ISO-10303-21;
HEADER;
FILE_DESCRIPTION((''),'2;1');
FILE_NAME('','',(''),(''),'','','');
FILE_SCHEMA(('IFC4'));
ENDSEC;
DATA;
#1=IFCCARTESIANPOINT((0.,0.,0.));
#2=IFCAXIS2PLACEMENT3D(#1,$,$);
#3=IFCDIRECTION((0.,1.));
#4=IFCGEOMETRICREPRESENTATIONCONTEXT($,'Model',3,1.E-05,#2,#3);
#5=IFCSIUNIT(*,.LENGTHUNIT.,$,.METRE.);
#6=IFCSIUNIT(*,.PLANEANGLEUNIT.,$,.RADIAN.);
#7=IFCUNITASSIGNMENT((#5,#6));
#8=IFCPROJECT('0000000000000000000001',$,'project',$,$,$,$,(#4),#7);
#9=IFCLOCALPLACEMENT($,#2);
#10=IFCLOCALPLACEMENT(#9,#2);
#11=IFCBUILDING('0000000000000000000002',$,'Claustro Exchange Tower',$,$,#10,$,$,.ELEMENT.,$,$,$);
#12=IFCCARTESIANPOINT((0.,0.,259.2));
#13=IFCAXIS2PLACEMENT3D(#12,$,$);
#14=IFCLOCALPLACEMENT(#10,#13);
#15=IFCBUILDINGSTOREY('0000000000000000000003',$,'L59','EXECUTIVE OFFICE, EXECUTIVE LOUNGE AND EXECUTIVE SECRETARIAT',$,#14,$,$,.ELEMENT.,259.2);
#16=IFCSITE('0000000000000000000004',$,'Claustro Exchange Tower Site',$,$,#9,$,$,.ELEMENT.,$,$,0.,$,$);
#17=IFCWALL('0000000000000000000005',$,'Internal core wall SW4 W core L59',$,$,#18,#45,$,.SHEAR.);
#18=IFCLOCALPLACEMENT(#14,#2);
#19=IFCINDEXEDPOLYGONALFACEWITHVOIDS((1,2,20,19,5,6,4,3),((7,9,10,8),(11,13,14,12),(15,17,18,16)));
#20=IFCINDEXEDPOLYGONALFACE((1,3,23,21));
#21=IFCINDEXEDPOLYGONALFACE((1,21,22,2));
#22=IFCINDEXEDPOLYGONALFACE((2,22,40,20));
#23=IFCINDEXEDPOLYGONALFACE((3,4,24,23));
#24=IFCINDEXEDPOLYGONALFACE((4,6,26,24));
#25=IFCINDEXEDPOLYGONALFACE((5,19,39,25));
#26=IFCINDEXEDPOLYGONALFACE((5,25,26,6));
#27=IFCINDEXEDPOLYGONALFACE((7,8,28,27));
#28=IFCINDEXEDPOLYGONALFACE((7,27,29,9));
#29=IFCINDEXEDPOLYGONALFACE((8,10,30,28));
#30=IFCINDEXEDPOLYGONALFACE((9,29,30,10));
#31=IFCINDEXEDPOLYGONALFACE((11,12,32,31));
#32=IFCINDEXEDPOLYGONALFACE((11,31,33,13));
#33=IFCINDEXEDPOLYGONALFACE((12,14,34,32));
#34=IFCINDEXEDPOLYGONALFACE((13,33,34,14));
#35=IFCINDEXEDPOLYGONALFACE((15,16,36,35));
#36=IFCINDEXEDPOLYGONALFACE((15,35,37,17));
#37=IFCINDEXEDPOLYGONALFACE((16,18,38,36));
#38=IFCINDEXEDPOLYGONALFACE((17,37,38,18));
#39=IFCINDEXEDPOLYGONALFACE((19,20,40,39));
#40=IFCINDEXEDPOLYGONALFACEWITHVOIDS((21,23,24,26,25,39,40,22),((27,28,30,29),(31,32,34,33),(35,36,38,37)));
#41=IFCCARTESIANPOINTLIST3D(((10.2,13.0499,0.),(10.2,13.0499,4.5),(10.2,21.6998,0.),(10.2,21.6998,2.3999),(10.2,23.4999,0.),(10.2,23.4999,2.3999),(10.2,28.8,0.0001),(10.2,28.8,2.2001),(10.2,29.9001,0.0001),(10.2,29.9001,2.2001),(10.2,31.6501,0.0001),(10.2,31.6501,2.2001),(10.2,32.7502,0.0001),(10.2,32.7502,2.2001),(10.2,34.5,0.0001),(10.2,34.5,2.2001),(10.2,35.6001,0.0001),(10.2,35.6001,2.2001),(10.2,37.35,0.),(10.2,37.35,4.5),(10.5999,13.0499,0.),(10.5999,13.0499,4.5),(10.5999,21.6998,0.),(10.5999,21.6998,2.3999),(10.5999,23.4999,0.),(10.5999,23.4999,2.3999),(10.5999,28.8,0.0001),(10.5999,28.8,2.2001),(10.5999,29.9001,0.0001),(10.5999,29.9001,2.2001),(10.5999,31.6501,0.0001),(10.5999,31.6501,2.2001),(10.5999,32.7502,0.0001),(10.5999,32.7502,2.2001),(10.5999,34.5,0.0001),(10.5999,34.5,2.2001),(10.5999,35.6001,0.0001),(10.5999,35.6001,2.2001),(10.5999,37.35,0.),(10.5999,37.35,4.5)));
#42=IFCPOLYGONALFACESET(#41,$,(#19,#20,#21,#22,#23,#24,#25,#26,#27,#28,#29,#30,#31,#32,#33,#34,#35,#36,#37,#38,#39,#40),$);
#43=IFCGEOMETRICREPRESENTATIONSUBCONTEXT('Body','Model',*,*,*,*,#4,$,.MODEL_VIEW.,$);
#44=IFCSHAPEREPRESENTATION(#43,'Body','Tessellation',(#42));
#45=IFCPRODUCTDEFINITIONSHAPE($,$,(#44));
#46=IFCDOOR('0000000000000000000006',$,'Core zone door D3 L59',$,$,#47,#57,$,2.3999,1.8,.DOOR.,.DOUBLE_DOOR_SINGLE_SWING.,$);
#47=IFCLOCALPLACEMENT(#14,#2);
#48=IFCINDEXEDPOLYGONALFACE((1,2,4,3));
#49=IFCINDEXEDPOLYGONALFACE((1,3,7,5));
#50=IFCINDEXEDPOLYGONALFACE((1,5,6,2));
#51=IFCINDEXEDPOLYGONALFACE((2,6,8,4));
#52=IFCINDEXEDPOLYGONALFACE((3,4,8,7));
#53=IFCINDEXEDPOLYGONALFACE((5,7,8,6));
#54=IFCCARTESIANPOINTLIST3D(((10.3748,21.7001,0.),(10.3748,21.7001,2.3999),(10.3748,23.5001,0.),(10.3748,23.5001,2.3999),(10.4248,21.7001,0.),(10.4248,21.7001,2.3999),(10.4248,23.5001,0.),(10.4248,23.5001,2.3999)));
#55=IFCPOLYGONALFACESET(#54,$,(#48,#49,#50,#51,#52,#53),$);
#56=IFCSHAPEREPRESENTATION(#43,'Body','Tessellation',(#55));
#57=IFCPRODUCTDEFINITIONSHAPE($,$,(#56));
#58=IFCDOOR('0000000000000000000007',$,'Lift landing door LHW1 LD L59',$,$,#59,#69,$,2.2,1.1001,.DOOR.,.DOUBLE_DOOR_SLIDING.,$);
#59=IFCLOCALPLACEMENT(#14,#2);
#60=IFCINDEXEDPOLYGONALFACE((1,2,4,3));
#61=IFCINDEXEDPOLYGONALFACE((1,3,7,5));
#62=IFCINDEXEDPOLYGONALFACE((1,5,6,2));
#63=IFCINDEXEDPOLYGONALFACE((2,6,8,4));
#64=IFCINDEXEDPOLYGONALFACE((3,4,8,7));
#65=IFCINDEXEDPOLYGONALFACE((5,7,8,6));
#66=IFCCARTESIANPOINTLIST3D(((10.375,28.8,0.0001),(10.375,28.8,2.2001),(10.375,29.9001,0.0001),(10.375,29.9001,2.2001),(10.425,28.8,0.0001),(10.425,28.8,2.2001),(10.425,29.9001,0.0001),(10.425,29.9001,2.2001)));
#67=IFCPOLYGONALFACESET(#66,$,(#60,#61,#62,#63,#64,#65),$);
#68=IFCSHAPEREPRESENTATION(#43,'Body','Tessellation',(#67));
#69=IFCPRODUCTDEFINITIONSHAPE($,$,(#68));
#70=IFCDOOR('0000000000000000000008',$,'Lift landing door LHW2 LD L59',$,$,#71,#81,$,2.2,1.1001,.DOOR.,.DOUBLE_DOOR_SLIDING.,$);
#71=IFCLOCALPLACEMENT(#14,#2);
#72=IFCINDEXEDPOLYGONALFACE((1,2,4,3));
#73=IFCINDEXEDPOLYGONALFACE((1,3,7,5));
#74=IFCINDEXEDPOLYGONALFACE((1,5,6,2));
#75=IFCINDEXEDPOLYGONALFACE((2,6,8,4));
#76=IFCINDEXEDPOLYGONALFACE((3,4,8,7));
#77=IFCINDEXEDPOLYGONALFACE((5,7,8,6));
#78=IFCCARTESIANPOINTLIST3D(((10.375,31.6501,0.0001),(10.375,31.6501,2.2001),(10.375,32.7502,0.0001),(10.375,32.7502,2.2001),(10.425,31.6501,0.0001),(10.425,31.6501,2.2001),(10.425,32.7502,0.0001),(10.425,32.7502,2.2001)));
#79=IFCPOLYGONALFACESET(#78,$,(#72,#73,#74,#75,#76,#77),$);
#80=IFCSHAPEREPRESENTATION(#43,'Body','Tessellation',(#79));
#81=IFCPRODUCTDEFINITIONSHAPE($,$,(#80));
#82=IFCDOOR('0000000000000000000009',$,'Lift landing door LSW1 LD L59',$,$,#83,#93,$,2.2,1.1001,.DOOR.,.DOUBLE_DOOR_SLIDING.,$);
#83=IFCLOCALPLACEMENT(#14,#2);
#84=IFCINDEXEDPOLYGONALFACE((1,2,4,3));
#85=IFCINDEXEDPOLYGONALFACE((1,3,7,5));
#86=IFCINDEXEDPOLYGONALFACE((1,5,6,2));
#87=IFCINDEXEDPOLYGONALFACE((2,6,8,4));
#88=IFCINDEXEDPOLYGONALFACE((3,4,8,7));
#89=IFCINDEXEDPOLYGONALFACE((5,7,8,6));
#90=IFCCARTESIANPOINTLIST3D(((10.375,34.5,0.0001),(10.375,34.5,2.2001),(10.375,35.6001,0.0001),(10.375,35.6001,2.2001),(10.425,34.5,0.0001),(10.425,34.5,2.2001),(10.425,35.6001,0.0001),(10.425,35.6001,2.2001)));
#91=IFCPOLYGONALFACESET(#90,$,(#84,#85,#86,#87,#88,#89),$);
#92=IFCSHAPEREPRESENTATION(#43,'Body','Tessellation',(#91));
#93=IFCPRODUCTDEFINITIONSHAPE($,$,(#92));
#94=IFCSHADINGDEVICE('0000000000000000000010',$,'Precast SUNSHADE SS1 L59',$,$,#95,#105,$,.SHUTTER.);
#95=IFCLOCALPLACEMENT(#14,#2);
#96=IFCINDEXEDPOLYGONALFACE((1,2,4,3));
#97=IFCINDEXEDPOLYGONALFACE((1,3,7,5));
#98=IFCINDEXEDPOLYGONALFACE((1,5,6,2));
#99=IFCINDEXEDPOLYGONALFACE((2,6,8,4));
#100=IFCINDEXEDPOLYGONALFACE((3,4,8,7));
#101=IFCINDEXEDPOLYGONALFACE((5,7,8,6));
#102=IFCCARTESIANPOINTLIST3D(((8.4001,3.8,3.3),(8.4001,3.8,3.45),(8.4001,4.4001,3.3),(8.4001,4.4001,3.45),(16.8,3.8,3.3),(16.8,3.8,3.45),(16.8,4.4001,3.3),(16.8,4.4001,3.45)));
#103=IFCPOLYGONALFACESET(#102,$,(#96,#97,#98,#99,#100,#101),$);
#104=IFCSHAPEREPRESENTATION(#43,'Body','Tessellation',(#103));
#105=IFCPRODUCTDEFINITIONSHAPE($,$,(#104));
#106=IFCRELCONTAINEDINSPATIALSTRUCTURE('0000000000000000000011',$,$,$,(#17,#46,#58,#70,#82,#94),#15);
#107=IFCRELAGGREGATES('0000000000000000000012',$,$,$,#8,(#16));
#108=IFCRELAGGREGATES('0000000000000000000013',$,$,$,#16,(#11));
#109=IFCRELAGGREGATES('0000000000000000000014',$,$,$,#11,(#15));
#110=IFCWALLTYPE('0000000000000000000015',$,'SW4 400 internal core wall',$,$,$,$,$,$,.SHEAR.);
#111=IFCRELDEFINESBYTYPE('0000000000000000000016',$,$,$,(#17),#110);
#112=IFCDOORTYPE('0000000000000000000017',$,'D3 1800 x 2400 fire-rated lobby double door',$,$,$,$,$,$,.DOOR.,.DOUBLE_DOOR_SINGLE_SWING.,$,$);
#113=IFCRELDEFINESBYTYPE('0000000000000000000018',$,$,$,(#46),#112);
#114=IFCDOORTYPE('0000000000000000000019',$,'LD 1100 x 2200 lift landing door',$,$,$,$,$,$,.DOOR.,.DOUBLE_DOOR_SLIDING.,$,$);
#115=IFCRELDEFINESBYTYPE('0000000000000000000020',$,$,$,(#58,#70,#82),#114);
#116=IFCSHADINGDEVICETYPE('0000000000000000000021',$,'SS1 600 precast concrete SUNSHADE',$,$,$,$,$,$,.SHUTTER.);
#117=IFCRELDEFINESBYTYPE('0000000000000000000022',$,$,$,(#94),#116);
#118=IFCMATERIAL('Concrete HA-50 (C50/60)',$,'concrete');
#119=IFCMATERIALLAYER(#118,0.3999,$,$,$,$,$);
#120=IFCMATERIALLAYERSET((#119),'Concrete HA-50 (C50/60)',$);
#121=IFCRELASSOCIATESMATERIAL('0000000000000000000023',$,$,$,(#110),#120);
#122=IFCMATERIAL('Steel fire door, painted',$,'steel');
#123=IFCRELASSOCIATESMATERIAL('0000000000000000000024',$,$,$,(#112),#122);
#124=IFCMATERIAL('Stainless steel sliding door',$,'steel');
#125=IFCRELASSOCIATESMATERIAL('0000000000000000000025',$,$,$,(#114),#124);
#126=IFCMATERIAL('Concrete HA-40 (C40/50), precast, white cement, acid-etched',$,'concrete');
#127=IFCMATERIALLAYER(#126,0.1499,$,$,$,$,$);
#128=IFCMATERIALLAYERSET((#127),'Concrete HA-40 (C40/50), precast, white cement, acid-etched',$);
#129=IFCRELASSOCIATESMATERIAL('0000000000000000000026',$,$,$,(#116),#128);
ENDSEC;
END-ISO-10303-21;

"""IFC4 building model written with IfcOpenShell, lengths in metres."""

from ifc_helpers import new_model, si_unit, direction, frame, frame_2d, origin, origin_2d, place, context, subcontext, project, spatial, rectangle, extrude, material, layer, layer_set, type_object, element, fill, save


model = new_model("IFC4")

# Units and contexts
model_context = context("Model", 3, precision=1e-05, world=origin(), true_north=direction((0.0, 1.0)))
body_context = subcontext(model_context, "Body", "Model", "MODEL_VIEW")
ifc_project = project(units=[si_unit("LENGTHUNIT", "METRE"), si_unit("PLANEANGLEUNIT", "RADIAN")], contexts=[model_context])

# Site, building, storey
site_placement = place(None, origin())
site = spatial("IfcSite", under=ifc_project, at=site_placement, Name="Claustro Exchange Tower Site", CompositionType="ELEMENT", RefElevation=0.0)
building_placement = place(site_placement, origin())
building = spatial("IfcBuilding", under=site, at=building_placement, Name="Claustro Exchange Tower", CompositionType="ELEMENT")
storey_placement = place(building_placement, frame((0.0, 0.0, 259.2)))
storey = spatial("IfcBuildingStorey", under=building, at=storey_placement, Name="L59", Description="EXECUTIVE OFFICE, EXECUTIVE LOUNGE AND EXECUTIVE SECRETARIAT", CompositionType="ELEMENT", Elevation=259.2)

# Wall, openings, doors
ifc_material_1 = material(Name="Concrete HA-50 (C50/60)", Category="concrete")
ifc_layer_1 = layer(ifc_material_1, 0.3999)
ifc_layer_set_1 = layer_set([ifc_layer_1], Name="Concrete HA-50 (C50/60)")
wall_type_1 = type_object("IfcWallType", Name="SW4 400 internal core wall", PredefinedType="SHEAR", material=ifc_layer_set_1)
wall_1_placement = place(storey_placement, frame((10.3999, 13.05, 0.0), z_axis=(0.0, 0.0, 1.0), x_axis=(0.0, 1.0, 0.0)))
wall_1 = element("IfcWall", 1, at=wall_1_placement, inside=storey, type_object=wall_type_1, Name="Internal core wall SW4 W core L59", PredefinedType="SHEAR", context=body_context, shape_type="SweptSolid", body=[
    extrude(rectangle(XDim=24.3, YDim=0.3999, at=frame_2d((12.1499, 0.0))), origin(), (0.0, 0.0, 1.0), 4.5),
])
opening_1_placement = place(wall_1_placement, frame((15.75, 0.0, 0.0)))
opening_1 = element("IfcOpeningElement", 2, at=opening_1_placement, cuts=wall_1, PredefinedType="OPENING", context=body_context, shape_type="SweptSolid", body=[
    extrude(rectangle(XDim=1.1001, YDim=2.2, at=frame_2d((0.55, 1.1001))), frame((0.0, 0.21, 0.0), z_axis=(0.0, -1.0, 0.0), x_axis=(1.0, 0.0, 0.0)), (0.0, 0.0, 1.0), 0.4199),
])
opening_2_placement = place(wall_1_placement, frame((18.6001, 0.0, 0.0)))
opening_2 = element("IfcOpeningElement", 3, at=opening_2_placement, cuts=wall_1, PredefinedType="OPENING", context=body_context, shape_type="SweptSolid", body=[
    extrude(rectangle(XDim=1.1001, YDim=2.2, at=frame_2d((0.55, 1.1001))), frame((0.0, 0.21, 0.0), z_axis=(0.0, -1.0, 0.0), x_axis=(1.0, 0.0, 0.0)), (0.0, 0.0, 1.0), 0.4199),
])
opening_3_placement = place(wall_1_placement, frame((21.45, 0.0, 0.0)))
opening_3 = element("IfcOpeningElement", 4, at=opening_3_placement, cuts=wall_1, PredefinedType="OPENING", context=body_context, shape_type="SweptSolid", body=[
    extrude(rectangle(XDim=1.1001, YDim=2.2, at=frame_2d((0.55, 1.1001))), frame((0.0, 0.21, 0.0), z_axis=(0.0, -1.0, 0.0), x_axis=(1.0, 0.0, 0.0)), (0.0, 0.0, 1.0), 0.4199),
])
opening_4_placement = place(wall_1_placement, frame((8.6499, 0.0, 0.0)))
opening_4 = element("IfcOpeningElement", 5, at=opening_4_placement, cuts=wall_1, PredefinedType="OPENING", context=body_context, shape_type="SweptSolid", body=[
    extrude(rectangle(XDim=1.8, YDim=2.3999, at=frame_2d((0.8999, 1.2))), frame((0.0, 0.21, 0.0), z_axis=(0.0, -1.0, 0.0), x_axis=(1.0, 0.0, 0.0)), (0.0, 0.0, 1.0), 0.4199),
])
ifc_material_2 = material(Name="Steel fire door, painted", Category="steel")
door_type_1 = type_object("IfcDoorType", Name="D3 1800 x 2400 fire-rated lobby double door", OperationType="DOUBLE_DOOR_SINGLE_SWING", PredefinedType="DOOR", material=ifc_material_2)
door_1_placement = place(opening_4_placement, frame((1.8, 0.0, 0.0), z_axis=(0.0, 0.0, 1.0), x_axis=(-1.0, 0.0, 0.0)))
door_1 = element("IfcDoor", 6, at=door_1_placement, inside=storey, type_object=door_type_1, Name="Core zone door D3 L59", OperationType="DOUBLE_DOOR_SINGLE_SWING", OverallHeight=2.3999, OverallWidth=1.8, PredefinedType="DOOR", context=body_context, shape_type="SweptSolid", body=[
    extrude(rectangle(XDim=1.8, YDim=2.3999, at=frame_2d((0.8999, 1.2))), frame((0.0, 0.0249, 0.0), z_axis=(0.0, -1.0, 0.0), x_axis=(1.0, 0.0, 0.0)), (0.0, 0.0, 1.0), 0.05),
])
fill(opening_4, door_1)
ifc_material_3 = material(Name="Stainless steel sliding door", Category="steel")
door_type_2 = type_object("IfcDoorType", Name="LD 1100 x 2200 lift landing door", OperationType="DOUBLE_DOOR_SLIDING", PredefinedType="DOOR", material=ifc_material_3)
door_2_placement = place(opening_1_placement, origin())
door_2 = element("IfcDoor", 7, at=door_2_placement, inside=storey, type_object=door_type_2, Name="Lift landing door LHW1 LD L59", OperationType="DOUBLE_DOOR_SLIDING", OverallHeight=2.2, OverallWidth=1.1001, PredefinedType="DOOR", context=body_context, shape_type="SweptSolid", body=[
    extrude(rectangle(XDim=1.1001, YDim=2.2, at=frame_2d((0.55, 1.1001))), frame((0.0, 0.0249, 0.0), z_axis=(0.0, -1.0, 0.0), x_axis=(1.0, 0.0, 0.0)), (0.0, 0.0, 1.0), 0.05),
])
fill(opening_1, door_2)
door_3_placement = place(opening_2_placement, origin())
door_3 = element("IfcDoor", 8, at=door_3_placement, inside=storey, type_object=door_type_2, Name="Lift landing door LHW2 LD L59", OperationType="DOUBLE_DOOR_SLIDING", OverallHeight=2.2, OverallWidth=1.1001, PredefinedType="DOOR", context=body_context, shape_type="SweptSolid", body=[
    extrude(rectangle(XDim=1.1001, YDim=2.2, at=frame_2d((0.55, 1.1001))), frame((0.0, 0.0249, 0.0), z_axis=(0.0, -1.0, 0.0), x_axis=(1.0, 0.0, 0.0)), (0.0, 0.0, 1.0), 0.05),
])
fill(opening_2, door_3)
door_4_placement = place(opening_3_placement, origin())
door_4 = element("IfcDoor", 9, at=door_4_placement, inside=storey, type_object=door_type_2, Name="Lift landing door LSW1 LD L59", OperationType="DOUBLE_DOOR_SLIDING", OverallHeight=2.2, OverallWidth=1.1001, PredefinedType="DOOR", context=body_context, shape_type="SweptSolid", body=[
    extrude(rectangle(XDim=1.1001, YDim=2.2, at=frame_2d((0.55, 1.1001))), frame((0.0, 0.0249, 0.0), z_axis=(0.0, -1.0, 0.0), x_axis=(1.0, 0.0, 0.0)), (0.0, 0.0, 1.0), 0.05),
])
fill(opening_3, door_4)

# Shading device
ifc_material_4 = material(Name="Concrete HA-40 (C40/50), precast, white cement, acid-etched", Category="concrete")
ifc_layer_2 = layer(ifc_material_4, 0.1499)
ifc_layer_set_2 = layer_set([ifc_layer_2], Name="Concrete HA-40 (C40/50), precast, white cement, acid-etched")
shading_device_type = type_object("IfcShadingDeviceType", Name="SS1 600 precast concrete SUNSHADE", PredefinedType="SHUTTER", material=ifc_layer_set_2)
shading_device_placement = place(storey_placement, frame((12.6001, 4.1001, 3.3), z_axis=(0.0, 0.0, 1.0), x_axis=(-1.0, 0.0, 0.0)))
element("IfcShadingDevice", 10, at=shading_device_placement, inside=storey, type_object=shading_device_type, Name="Precast SUNSHADE SS1 L59", PredefinedType="SHUTTER", context=body_context, shape_type="SweptSolid", body=[
    extrude(rectangle(XDim=8.3999, YDim=0.6001, at=origin_2d()), origin(), (0.0, 0.0, 1.0), 0.1499),
])

save(model, "model.ifc")
